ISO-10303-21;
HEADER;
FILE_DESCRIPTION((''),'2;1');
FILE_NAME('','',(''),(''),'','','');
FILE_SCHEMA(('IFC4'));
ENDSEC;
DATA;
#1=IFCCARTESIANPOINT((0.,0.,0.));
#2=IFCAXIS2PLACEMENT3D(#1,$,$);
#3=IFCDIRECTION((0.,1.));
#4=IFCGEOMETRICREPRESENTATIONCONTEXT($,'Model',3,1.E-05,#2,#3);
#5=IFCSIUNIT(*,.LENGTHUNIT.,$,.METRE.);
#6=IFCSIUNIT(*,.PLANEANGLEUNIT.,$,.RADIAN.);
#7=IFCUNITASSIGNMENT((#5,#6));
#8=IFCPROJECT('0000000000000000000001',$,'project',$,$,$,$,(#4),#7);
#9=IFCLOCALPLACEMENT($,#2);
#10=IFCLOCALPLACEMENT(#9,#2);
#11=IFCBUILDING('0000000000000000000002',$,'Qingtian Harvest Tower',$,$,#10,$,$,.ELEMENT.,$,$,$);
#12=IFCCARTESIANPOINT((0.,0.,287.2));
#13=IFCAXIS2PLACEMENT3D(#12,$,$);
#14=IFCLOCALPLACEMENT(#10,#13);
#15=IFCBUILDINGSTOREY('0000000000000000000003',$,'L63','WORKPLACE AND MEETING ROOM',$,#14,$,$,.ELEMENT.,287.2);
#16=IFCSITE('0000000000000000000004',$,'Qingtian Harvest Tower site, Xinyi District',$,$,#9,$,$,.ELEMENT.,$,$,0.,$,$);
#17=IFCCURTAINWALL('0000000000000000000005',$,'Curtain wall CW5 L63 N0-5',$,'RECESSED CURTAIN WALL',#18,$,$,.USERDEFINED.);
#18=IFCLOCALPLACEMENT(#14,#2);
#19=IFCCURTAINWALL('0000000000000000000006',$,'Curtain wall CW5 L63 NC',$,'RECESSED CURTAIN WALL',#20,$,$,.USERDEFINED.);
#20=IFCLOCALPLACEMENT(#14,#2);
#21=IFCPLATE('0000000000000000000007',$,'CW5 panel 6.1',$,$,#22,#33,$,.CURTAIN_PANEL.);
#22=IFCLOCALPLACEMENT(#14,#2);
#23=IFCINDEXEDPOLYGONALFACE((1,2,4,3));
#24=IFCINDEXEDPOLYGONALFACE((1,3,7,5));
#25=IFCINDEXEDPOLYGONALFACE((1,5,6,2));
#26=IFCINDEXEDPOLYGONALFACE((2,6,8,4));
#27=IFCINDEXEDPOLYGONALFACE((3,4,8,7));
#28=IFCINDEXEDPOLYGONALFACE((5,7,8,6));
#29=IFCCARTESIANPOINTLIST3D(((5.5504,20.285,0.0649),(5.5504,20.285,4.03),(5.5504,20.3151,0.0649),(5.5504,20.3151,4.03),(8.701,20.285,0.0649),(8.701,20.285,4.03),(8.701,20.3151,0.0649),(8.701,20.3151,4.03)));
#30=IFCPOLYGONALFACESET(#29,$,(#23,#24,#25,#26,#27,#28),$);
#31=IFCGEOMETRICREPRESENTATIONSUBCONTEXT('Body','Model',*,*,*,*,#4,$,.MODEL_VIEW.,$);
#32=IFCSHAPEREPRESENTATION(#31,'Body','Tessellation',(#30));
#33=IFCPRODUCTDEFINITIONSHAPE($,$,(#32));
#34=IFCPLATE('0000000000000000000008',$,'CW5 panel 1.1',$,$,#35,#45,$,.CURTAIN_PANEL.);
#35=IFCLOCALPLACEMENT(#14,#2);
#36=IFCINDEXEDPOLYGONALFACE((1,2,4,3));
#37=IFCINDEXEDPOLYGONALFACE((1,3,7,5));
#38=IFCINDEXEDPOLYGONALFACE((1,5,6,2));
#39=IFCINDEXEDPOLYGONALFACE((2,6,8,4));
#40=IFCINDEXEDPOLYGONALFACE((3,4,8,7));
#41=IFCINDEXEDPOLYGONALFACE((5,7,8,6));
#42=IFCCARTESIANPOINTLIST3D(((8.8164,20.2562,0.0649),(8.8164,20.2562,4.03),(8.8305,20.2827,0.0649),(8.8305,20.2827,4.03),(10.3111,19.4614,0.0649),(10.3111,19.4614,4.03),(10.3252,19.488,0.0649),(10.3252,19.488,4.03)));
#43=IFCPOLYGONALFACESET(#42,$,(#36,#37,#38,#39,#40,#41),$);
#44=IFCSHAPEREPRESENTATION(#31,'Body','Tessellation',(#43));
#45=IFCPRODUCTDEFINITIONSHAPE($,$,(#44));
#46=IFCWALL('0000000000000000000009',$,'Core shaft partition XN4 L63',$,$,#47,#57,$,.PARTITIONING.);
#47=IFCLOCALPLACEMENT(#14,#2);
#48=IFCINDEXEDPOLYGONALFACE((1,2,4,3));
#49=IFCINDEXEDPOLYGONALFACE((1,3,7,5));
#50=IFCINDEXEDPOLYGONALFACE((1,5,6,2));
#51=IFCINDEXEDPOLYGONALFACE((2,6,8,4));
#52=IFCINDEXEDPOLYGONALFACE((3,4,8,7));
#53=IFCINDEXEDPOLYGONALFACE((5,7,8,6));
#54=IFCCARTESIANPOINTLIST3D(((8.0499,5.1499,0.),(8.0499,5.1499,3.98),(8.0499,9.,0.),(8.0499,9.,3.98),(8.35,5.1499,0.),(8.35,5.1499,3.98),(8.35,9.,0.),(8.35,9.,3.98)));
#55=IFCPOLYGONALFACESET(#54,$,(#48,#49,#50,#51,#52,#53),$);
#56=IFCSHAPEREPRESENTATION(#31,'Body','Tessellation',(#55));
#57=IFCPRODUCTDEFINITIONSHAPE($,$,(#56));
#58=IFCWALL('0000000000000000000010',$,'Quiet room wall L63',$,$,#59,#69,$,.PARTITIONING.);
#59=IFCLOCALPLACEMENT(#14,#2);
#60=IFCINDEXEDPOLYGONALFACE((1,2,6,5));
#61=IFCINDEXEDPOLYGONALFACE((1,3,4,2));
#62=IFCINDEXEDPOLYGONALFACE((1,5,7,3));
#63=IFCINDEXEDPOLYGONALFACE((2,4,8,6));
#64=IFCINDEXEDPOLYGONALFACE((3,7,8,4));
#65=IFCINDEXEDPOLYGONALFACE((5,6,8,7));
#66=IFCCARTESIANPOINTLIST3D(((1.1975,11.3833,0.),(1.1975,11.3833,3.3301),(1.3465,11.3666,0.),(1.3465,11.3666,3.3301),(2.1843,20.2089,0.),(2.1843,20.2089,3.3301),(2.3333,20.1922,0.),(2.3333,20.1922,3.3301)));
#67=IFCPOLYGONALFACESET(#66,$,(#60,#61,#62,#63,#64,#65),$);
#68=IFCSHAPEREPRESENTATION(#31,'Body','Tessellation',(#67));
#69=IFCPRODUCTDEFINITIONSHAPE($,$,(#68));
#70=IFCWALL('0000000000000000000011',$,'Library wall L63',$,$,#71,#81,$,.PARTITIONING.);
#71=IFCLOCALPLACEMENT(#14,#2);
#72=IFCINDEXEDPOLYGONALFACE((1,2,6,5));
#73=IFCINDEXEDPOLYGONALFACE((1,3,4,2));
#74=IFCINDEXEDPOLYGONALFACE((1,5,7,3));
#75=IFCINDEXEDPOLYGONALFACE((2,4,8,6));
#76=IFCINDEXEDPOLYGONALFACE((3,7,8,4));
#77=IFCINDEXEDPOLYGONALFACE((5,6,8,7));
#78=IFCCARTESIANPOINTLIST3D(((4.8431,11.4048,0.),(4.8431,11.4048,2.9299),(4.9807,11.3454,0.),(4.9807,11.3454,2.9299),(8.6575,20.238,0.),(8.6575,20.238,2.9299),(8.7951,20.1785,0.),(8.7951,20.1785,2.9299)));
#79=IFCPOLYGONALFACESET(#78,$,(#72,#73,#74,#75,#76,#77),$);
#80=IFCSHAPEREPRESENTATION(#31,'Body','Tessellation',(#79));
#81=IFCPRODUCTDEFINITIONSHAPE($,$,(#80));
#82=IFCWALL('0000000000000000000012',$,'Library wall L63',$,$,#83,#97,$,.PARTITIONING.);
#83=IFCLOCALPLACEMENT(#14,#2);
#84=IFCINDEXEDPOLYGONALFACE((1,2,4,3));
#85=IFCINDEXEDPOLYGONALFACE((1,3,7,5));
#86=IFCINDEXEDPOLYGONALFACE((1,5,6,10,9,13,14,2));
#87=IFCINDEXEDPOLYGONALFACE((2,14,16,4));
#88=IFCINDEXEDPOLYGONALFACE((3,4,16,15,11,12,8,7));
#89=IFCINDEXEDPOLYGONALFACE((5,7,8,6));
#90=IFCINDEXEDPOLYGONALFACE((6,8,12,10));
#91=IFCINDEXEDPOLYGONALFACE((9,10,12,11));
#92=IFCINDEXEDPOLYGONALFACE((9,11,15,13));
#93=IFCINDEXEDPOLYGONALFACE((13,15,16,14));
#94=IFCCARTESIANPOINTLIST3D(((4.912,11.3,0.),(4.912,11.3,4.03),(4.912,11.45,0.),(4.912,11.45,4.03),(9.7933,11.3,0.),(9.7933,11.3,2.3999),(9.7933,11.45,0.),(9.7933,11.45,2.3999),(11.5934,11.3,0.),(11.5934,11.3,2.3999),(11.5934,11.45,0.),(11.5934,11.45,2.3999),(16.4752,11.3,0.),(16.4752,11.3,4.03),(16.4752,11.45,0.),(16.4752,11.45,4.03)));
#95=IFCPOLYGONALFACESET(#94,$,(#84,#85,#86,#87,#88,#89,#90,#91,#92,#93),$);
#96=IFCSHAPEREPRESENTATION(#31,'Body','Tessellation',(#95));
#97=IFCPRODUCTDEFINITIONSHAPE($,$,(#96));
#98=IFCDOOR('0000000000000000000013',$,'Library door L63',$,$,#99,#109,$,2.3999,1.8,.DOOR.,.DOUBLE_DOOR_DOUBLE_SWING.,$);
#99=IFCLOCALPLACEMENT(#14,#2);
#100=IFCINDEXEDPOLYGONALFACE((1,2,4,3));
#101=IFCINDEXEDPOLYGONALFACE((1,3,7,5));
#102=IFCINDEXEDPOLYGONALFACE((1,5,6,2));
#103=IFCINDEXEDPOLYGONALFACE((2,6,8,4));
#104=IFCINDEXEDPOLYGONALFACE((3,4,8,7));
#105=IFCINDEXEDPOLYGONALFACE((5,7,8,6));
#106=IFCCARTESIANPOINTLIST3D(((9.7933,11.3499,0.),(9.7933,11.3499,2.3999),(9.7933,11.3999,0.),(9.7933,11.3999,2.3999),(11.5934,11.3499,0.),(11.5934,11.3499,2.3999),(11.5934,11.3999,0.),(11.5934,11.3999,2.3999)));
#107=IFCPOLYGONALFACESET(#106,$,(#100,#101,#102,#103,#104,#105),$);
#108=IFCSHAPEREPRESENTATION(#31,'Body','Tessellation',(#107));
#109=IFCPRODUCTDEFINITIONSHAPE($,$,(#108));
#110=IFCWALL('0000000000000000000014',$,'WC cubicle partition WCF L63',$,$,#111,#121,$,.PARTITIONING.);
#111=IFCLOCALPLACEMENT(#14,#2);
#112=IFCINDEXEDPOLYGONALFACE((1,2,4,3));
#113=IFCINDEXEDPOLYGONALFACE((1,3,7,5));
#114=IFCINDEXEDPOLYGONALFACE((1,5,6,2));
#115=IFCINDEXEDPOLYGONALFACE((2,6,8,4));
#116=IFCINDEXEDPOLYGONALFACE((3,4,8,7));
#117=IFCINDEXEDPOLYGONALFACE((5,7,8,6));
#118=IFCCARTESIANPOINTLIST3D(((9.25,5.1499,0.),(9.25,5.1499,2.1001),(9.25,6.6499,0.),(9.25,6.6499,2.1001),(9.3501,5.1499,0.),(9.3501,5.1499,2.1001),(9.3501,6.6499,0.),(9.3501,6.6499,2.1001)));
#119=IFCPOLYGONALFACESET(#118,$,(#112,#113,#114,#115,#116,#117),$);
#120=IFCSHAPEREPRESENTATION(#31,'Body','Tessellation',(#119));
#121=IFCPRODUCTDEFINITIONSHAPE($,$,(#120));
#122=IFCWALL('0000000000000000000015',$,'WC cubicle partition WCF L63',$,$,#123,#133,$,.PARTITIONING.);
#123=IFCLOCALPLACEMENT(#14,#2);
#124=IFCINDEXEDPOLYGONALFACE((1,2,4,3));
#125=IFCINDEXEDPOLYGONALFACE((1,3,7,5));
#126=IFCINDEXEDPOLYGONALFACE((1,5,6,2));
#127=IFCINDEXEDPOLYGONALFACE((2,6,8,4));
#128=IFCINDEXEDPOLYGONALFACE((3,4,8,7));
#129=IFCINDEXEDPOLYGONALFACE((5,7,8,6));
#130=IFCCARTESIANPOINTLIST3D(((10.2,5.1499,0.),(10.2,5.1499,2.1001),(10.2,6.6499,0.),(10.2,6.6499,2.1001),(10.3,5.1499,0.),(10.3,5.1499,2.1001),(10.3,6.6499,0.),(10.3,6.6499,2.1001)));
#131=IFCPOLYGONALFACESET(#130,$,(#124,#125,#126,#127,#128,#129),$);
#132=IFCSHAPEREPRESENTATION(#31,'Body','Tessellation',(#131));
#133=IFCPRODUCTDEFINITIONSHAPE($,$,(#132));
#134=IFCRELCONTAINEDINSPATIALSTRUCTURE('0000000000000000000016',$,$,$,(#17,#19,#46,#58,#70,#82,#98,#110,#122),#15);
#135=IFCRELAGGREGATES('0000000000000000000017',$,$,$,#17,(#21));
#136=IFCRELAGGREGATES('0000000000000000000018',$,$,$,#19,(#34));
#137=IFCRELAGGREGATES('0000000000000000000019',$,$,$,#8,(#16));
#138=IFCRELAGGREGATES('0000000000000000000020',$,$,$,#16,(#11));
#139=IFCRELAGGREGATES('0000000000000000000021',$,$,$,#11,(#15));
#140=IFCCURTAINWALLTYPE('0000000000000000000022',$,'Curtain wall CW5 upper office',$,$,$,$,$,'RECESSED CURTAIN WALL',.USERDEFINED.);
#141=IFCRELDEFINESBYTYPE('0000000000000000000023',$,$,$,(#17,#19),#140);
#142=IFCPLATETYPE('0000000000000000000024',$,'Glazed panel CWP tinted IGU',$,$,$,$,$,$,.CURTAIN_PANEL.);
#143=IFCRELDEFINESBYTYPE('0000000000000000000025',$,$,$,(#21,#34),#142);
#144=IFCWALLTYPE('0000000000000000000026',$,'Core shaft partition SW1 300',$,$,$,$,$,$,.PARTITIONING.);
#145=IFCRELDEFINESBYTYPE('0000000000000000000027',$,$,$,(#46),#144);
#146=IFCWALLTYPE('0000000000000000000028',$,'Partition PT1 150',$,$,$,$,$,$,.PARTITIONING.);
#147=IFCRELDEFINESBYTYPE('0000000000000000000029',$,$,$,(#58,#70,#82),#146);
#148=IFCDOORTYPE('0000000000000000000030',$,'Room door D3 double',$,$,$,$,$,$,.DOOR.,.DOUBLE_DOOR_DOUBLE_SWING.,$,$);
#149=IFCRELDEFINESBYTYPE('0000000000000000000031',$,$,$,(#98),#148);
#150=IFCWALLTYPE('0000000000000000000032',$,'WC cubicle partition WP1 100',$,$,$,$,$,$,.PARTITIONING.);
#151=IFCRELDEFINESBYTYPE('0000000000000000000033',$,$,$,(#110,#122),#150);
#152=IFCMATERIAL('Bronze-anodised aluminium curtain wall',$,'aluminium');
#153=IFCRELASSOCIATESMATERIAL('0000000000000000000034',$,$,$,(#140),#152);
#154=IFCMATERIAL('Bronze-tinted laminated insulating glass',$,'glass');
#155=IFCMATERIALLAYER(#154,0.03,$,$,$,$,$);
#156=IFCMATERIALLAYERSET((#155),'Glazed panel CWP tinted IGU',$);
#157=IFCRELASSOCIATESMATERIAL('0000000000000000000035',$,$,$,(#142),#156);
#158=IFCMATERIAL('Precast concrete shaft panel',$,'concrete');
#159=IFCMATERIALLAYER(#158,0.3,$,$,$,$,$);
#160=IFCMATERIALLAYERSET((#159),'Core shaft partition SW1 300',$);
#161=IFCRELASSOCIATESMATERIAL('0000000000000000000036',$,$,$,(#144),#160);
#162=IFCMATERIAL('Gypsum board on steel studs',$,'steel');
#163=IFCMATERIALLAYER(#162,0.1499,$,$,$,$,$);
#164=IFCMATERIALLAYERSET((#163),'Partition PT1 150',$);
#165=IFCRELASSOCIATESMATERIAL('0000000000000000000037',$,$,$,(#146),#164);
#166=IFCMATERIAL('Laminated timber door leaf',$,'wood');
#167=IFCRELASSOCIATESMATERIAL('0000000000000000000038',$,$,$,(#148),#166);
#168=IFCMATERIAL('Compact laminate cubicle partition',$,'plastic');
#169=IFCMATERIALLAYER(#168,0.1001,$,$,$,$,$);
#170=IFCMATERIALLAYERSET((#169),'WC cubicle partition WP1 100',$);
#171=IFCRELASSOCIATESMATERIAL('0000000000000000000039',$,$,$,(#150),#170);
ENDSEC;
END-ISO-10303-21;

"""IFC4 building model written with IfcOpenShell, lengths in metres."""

from ifc_helpers import new_model, si_unit, direction, frame, frame_2d, origin, origin_2d, place, context, subcontext, project, spatial, rectangle, extrude, material, layer, layer_set, type_object, element, fill, aggregate, save


model = new_model("IFC4")

# Units and contexts
model_context = context("Model", 3, precision=1e-05, world=origin(), true_north=direction((0.0, 1.0)))
body_context = subcontext(model_context, "Body", "Model", "MODEL_VIEW")
ifc_project = project(units=[si_unit("LENGTHUNIT", "METRE"), si_unit("PLANEANGLEUNIT", "RADIAN")], contexts=[model_context])

# Site, building, storey
site_placement = place(None, origin())
site = spatial("IfcSite", under=ifc_project, at=site_placement, Name="Qingtian Harvest Tower site, Xinyi District", CompositionType="ELEMENT", RefElevation=0.0)
building_placement = place(site_placement, origin())
building = spatial("IfcBuilding", under=site, at=building_placement, Name="Qingtian Harvest Tower", CompositionType="ELEMENT")
storey_placement = place(building_placement, frame((0.0, 0.0, 287.2)))
storey = spatial("IfcBuildingStorey", under=building, at=storey_placement, Name="L63", Description="WORKPLACE AND MEETING ROOM", CompositionType="ELEMENT", Elevation=287.2)

# Curtain wall
ifc_material_1 = material(Name="Bronze-anodised aluminium curtain wall", Category="aluminium")
curtain_wall_type = type_object("IfcCurtainWallType", Name="Curtain wall CW5 upper office", ElementType="RECESSED CURTAIN WALL", PredefinedType="USERDEFINED", material=ifc_material_1)
curtain_wall_1_placement = place(storey_placement, origin())
curtain_wall_1 = element("IfcCurtainWall", 1, at=curtain_wall_1_placement, inside=storey, type_object=curtain_wall_type, Name="Curtain wall CW5 L63 N0-5", ObjectType="RECESSED CURTAIN WALL", PredefinedType="USERDEFINED")

# Curtain wall
curtain_wall_2_placement = place(storey_placement, origin())
curtain_wall_2 = element("IfcCurtainWall", 2, at=curtain_wall_2_placement, inside=storey, type_object=curtain_wall_type, Name="Curtain wall CW5 L63 NC", ObjectType="RECESSED CURTAIN WALL", PredefinedType="USERDEFINED")

# Plates
ifc_material_2 = material(Name="Bronze-tinted laminated insulating glass", Category="glass")
ifc_layer_1 = layer(ifc_material_2, 0.03)
ifc_layer_set_1 = layer_set([ifc_layer_1], Name="Glazed panel CWP tinted IGU")
plate_type = type_object("IfcPlateType", Name="Glazed panel CWP tinted IGU", PredefinedType="CURTAIN_PANEL", material=ifc_layer_set_1)
plate_1_placement = place(storey_placement, frame((7.1257, 20.3, 0.0649), z_axis=(0.0, 0.0, 1.0), x_axis=(1.0, 0.0, 0.0)))
plate_1 = element("IfcPlate", 3, at=plate_1_placement, type_object=plate_type, Name="CW5 panel 6.1", PredefinedType="CURTAIN_PANEL", context=body_context, shape_type="SweptSolid", body=[
    extrude(rectangle(XDim=3.1506, YDim=0.03, at=origin_2d()), origin(), (0.0, 0.0, 1.0), 3.9651),
])
aggregate(curtain_wall_1, [plate_1])
plate_2_placement = place(storey_placement, frame((9.5708, 19.8721, 0.0649), z_axis=(0.0, 0.0, 1.0), x_axis=(0.882948, -0.469472, 0.0)))
plate_2 = element("IfcPlate", 4, at=plate_2_placement, type_object=plate_type, Name="CW5 panel 1.1", PredefinedType="CURTAIN_PANEL", context=body_context, shape_type="SweptSolid", body=[
    extrude(rectangle(XDim=1.6929, YDim=0.03, at=origin_2d()), origin(), (0.0, 0.0, 1.0), 3.9651),
])
aggregate(curtain_wall_2, [plate_2])

# Walls
ifc_material_3 = material(Name="Precast concrete shaft panel", Category="concrete")
ifc_layer_2 = layer(ifc_material_3, 0.3)
ifc_layer_set_2 = layer_set([ifc_layer_2], Name="Core shaft partition SW1 300")
wall_type_1 = type_object("IfcWallType", Name="Core shaft partition SW1 300", PredefinedType="PARTITIONING", material=ifc_layer_set_2)
wall_1_placement = place(storey_placement, frame((8.2, 5.1499, 0.0), z_axis=(0.0, 0.0, 1.0), x_axis=(0.0, 1.0, 0.0)))
element("IfcWall", 5, at=wall_1_placement, inside=storey, type_object=wall_type_1, Name="Core shaft partition XN4 L63", PredefinedType="PARTITIONING", context=body_context, shape_type="SweptSolid", body=[
    extrude(rectangle(XDim=3.8501, YDim=0.3, at=frame_2d((1.925, 0.0))), origin(), (0.0, 0.0, 1.0), 3.98),
])
ifc_material_4 = material(Name="Gypsum board on steel studs", Category="steel")
ifc_layer_3 = layer(ifc_material_4, 0.1499)
ifc_layer_set_3 = layer_set([ifc_layer_3], Name="Partition PT1 150")
wall_type_2 = type_object("IfcWallType", Name="Partition PT1 150", PredefinedType="PARTITIONING", material=ifc_layer_set_3)
wall_2_placement = place(storey_placement, frame((2.2588, 20.2007, 0.0), z_axis=(0.0, 0.0, 1.0), x_axis=(-0.111119, -0.993807, 0.0)))
element("IfcWall", 6, at=wall_2_placement, inside=storey, type_object=wall_type_2, Name="Quiet room wall L63", PredefinedType="PARTITIONING", context=body_context, shape_type="SweptSolid", body=[
    extrude(rectangle(XDim=8.8806, YDim=0.1499, at=frame_2d((4.4404, 0.0))), origin(), (0.0, 0.0, 1.0), 3.3301),
])

# Wall
wall_3_placement = place(storey_placement, frame((8.7263, 20.2083, 0.0), z_axis=(0.0, 0.0, 1.0), x_axis=(-0.396444, -0.918059, 0.0)))
element("IfcWall", 7, at=wall_3_placement, inside=storey, type_object=wall_type_2, Name="Library wall L63", PredefinedType="PARTITIONING", context=body_context, shape_type="SweptSolid", body=[
    extrude(rectangle(XDim=9.6216, YDim=0.1499, at=frame_2d((4.8108, 0.0))), origin(), (0.0, 0.0, 1.0), 2.9299),
])

# Wall, opening, door
wall_4_placement = place(storey_placement, frame((4.9119, 11.375, 0.0), z_axis=(0.0, 0.0, 1.0), x_axis=(1.0, 0.0, 0.0)))
wall_4 = element("IfcWall", 8, at=wall_4_placement, inside=storey, type_object=wall_type_2, Name="Library wall L63", PredefinedType="PARTITIONING", context=body_context, shape_type="SweptSolid", body=[
    extrude(rectangle(XDim=11.5632, YDim=0.1499, at=frame_2d((5.7817, 0.0))), origin(), (0.0, 0.0, 1.0), 4.03),
])
opening_1_placement = place(wall_4_placement, frame((4.8816, 0.0, 0.0)))
opening_1 = element("IfcOpeningElement", 9, at=opening_1_placement, cuts=wall_4, PredefinedType="OPENING", context=body_context, shape_type="SweptSolid", body=[
    extrude(rectangle(XDim=1.8, YDim=2.3999, at=frame_2d((0.8999, 1.2))), frame((0.0, 0.085, 0.0), z_axis=(0.0, -1.0, 0.0), x_axis=(1.0, 0.0, 0.0)), (0.0, 0.0, 1.0), 0.1699),
])
ifc_material_5 = material(Name="Laminated timber door leaf", Category="wood")
door_type_1 = type_object("IfcDoorType", Name="Room door D3 double", OperationType="DOUBLE_DOOR_DOUBLE_SWING", PredefinedType="DOOR", material=ifc_material_5)
door_1_placement = place(opening_1_placement, origin())
door_1 = element("IfcDoor", 10, at=door_1_placement, inside=storey, type_object=door_type_1, Name="Library door L63", OperationType="DOUBLE_DOOR_DOUBLE_SWING", OverallHeight=2.3999, OverallWidth=1.8, PredefinedType="DOOR", context=body_context, shape_type="SweptSolid", body=[
    extrude(rectangle(XDim=1.8, YDim=2.3999, at=frame_2d((0.8999, 1.2))), frame((0.0, 0.0249, 0.0), z_axis=(0.0, -1.0, 0.0), x_axis=(1.0, 0.0, 0.0)), (0.0, 0.0, 1.0), 0.05),
])
fill(opening_1, door_1)

# Walls
ifc_material_6 = material(Name="Compact laminate cubicle partition", Category="plastic")
ifc_layer_4 = layer(ifc_material_6, 0.1001)
ifc_layer_set_4 = layer_set([ifc_layer_4], Name="WC cubicle partition WP1 100")
wall_type_3 = type_object("IfcWallType", Name="WC cubicle partition WP1 100", PredefinedType="PARTITIONING", material=ifc_layer_set_4)
for number, where, z_axis, x_axis, name in (
    (11, (9.3, 5.1499, 0.0), (0.0, 0.0, 1.0), (0.0, 1.0, 0.0), "WC cubicle partition WCF L63"),
    (12, (10.25, 5.1499, 0.0), (0.0, 0.0, 1.0), (0.0, 1.0, 0.0), "WC cubicle partition WCF L63"),
):
    element("IfcWall", number, at=place(storey_placement, frame(where, z_axis=z_axis, x_axis=x_axis)), inside=storey, type_object=wall_type_3, Name=name, PredefinedType="PARTITIONING", context=body_context, shape_type="SweptSolid", body=[
        extrude(rectangle(XDim=1.5, YDim=0.1001, at=frame_2d((0.75, 0.0))), origin(), (0.0, 0.0, 1.0), 2.1001),
    ])

save(model, "model.ifc")
